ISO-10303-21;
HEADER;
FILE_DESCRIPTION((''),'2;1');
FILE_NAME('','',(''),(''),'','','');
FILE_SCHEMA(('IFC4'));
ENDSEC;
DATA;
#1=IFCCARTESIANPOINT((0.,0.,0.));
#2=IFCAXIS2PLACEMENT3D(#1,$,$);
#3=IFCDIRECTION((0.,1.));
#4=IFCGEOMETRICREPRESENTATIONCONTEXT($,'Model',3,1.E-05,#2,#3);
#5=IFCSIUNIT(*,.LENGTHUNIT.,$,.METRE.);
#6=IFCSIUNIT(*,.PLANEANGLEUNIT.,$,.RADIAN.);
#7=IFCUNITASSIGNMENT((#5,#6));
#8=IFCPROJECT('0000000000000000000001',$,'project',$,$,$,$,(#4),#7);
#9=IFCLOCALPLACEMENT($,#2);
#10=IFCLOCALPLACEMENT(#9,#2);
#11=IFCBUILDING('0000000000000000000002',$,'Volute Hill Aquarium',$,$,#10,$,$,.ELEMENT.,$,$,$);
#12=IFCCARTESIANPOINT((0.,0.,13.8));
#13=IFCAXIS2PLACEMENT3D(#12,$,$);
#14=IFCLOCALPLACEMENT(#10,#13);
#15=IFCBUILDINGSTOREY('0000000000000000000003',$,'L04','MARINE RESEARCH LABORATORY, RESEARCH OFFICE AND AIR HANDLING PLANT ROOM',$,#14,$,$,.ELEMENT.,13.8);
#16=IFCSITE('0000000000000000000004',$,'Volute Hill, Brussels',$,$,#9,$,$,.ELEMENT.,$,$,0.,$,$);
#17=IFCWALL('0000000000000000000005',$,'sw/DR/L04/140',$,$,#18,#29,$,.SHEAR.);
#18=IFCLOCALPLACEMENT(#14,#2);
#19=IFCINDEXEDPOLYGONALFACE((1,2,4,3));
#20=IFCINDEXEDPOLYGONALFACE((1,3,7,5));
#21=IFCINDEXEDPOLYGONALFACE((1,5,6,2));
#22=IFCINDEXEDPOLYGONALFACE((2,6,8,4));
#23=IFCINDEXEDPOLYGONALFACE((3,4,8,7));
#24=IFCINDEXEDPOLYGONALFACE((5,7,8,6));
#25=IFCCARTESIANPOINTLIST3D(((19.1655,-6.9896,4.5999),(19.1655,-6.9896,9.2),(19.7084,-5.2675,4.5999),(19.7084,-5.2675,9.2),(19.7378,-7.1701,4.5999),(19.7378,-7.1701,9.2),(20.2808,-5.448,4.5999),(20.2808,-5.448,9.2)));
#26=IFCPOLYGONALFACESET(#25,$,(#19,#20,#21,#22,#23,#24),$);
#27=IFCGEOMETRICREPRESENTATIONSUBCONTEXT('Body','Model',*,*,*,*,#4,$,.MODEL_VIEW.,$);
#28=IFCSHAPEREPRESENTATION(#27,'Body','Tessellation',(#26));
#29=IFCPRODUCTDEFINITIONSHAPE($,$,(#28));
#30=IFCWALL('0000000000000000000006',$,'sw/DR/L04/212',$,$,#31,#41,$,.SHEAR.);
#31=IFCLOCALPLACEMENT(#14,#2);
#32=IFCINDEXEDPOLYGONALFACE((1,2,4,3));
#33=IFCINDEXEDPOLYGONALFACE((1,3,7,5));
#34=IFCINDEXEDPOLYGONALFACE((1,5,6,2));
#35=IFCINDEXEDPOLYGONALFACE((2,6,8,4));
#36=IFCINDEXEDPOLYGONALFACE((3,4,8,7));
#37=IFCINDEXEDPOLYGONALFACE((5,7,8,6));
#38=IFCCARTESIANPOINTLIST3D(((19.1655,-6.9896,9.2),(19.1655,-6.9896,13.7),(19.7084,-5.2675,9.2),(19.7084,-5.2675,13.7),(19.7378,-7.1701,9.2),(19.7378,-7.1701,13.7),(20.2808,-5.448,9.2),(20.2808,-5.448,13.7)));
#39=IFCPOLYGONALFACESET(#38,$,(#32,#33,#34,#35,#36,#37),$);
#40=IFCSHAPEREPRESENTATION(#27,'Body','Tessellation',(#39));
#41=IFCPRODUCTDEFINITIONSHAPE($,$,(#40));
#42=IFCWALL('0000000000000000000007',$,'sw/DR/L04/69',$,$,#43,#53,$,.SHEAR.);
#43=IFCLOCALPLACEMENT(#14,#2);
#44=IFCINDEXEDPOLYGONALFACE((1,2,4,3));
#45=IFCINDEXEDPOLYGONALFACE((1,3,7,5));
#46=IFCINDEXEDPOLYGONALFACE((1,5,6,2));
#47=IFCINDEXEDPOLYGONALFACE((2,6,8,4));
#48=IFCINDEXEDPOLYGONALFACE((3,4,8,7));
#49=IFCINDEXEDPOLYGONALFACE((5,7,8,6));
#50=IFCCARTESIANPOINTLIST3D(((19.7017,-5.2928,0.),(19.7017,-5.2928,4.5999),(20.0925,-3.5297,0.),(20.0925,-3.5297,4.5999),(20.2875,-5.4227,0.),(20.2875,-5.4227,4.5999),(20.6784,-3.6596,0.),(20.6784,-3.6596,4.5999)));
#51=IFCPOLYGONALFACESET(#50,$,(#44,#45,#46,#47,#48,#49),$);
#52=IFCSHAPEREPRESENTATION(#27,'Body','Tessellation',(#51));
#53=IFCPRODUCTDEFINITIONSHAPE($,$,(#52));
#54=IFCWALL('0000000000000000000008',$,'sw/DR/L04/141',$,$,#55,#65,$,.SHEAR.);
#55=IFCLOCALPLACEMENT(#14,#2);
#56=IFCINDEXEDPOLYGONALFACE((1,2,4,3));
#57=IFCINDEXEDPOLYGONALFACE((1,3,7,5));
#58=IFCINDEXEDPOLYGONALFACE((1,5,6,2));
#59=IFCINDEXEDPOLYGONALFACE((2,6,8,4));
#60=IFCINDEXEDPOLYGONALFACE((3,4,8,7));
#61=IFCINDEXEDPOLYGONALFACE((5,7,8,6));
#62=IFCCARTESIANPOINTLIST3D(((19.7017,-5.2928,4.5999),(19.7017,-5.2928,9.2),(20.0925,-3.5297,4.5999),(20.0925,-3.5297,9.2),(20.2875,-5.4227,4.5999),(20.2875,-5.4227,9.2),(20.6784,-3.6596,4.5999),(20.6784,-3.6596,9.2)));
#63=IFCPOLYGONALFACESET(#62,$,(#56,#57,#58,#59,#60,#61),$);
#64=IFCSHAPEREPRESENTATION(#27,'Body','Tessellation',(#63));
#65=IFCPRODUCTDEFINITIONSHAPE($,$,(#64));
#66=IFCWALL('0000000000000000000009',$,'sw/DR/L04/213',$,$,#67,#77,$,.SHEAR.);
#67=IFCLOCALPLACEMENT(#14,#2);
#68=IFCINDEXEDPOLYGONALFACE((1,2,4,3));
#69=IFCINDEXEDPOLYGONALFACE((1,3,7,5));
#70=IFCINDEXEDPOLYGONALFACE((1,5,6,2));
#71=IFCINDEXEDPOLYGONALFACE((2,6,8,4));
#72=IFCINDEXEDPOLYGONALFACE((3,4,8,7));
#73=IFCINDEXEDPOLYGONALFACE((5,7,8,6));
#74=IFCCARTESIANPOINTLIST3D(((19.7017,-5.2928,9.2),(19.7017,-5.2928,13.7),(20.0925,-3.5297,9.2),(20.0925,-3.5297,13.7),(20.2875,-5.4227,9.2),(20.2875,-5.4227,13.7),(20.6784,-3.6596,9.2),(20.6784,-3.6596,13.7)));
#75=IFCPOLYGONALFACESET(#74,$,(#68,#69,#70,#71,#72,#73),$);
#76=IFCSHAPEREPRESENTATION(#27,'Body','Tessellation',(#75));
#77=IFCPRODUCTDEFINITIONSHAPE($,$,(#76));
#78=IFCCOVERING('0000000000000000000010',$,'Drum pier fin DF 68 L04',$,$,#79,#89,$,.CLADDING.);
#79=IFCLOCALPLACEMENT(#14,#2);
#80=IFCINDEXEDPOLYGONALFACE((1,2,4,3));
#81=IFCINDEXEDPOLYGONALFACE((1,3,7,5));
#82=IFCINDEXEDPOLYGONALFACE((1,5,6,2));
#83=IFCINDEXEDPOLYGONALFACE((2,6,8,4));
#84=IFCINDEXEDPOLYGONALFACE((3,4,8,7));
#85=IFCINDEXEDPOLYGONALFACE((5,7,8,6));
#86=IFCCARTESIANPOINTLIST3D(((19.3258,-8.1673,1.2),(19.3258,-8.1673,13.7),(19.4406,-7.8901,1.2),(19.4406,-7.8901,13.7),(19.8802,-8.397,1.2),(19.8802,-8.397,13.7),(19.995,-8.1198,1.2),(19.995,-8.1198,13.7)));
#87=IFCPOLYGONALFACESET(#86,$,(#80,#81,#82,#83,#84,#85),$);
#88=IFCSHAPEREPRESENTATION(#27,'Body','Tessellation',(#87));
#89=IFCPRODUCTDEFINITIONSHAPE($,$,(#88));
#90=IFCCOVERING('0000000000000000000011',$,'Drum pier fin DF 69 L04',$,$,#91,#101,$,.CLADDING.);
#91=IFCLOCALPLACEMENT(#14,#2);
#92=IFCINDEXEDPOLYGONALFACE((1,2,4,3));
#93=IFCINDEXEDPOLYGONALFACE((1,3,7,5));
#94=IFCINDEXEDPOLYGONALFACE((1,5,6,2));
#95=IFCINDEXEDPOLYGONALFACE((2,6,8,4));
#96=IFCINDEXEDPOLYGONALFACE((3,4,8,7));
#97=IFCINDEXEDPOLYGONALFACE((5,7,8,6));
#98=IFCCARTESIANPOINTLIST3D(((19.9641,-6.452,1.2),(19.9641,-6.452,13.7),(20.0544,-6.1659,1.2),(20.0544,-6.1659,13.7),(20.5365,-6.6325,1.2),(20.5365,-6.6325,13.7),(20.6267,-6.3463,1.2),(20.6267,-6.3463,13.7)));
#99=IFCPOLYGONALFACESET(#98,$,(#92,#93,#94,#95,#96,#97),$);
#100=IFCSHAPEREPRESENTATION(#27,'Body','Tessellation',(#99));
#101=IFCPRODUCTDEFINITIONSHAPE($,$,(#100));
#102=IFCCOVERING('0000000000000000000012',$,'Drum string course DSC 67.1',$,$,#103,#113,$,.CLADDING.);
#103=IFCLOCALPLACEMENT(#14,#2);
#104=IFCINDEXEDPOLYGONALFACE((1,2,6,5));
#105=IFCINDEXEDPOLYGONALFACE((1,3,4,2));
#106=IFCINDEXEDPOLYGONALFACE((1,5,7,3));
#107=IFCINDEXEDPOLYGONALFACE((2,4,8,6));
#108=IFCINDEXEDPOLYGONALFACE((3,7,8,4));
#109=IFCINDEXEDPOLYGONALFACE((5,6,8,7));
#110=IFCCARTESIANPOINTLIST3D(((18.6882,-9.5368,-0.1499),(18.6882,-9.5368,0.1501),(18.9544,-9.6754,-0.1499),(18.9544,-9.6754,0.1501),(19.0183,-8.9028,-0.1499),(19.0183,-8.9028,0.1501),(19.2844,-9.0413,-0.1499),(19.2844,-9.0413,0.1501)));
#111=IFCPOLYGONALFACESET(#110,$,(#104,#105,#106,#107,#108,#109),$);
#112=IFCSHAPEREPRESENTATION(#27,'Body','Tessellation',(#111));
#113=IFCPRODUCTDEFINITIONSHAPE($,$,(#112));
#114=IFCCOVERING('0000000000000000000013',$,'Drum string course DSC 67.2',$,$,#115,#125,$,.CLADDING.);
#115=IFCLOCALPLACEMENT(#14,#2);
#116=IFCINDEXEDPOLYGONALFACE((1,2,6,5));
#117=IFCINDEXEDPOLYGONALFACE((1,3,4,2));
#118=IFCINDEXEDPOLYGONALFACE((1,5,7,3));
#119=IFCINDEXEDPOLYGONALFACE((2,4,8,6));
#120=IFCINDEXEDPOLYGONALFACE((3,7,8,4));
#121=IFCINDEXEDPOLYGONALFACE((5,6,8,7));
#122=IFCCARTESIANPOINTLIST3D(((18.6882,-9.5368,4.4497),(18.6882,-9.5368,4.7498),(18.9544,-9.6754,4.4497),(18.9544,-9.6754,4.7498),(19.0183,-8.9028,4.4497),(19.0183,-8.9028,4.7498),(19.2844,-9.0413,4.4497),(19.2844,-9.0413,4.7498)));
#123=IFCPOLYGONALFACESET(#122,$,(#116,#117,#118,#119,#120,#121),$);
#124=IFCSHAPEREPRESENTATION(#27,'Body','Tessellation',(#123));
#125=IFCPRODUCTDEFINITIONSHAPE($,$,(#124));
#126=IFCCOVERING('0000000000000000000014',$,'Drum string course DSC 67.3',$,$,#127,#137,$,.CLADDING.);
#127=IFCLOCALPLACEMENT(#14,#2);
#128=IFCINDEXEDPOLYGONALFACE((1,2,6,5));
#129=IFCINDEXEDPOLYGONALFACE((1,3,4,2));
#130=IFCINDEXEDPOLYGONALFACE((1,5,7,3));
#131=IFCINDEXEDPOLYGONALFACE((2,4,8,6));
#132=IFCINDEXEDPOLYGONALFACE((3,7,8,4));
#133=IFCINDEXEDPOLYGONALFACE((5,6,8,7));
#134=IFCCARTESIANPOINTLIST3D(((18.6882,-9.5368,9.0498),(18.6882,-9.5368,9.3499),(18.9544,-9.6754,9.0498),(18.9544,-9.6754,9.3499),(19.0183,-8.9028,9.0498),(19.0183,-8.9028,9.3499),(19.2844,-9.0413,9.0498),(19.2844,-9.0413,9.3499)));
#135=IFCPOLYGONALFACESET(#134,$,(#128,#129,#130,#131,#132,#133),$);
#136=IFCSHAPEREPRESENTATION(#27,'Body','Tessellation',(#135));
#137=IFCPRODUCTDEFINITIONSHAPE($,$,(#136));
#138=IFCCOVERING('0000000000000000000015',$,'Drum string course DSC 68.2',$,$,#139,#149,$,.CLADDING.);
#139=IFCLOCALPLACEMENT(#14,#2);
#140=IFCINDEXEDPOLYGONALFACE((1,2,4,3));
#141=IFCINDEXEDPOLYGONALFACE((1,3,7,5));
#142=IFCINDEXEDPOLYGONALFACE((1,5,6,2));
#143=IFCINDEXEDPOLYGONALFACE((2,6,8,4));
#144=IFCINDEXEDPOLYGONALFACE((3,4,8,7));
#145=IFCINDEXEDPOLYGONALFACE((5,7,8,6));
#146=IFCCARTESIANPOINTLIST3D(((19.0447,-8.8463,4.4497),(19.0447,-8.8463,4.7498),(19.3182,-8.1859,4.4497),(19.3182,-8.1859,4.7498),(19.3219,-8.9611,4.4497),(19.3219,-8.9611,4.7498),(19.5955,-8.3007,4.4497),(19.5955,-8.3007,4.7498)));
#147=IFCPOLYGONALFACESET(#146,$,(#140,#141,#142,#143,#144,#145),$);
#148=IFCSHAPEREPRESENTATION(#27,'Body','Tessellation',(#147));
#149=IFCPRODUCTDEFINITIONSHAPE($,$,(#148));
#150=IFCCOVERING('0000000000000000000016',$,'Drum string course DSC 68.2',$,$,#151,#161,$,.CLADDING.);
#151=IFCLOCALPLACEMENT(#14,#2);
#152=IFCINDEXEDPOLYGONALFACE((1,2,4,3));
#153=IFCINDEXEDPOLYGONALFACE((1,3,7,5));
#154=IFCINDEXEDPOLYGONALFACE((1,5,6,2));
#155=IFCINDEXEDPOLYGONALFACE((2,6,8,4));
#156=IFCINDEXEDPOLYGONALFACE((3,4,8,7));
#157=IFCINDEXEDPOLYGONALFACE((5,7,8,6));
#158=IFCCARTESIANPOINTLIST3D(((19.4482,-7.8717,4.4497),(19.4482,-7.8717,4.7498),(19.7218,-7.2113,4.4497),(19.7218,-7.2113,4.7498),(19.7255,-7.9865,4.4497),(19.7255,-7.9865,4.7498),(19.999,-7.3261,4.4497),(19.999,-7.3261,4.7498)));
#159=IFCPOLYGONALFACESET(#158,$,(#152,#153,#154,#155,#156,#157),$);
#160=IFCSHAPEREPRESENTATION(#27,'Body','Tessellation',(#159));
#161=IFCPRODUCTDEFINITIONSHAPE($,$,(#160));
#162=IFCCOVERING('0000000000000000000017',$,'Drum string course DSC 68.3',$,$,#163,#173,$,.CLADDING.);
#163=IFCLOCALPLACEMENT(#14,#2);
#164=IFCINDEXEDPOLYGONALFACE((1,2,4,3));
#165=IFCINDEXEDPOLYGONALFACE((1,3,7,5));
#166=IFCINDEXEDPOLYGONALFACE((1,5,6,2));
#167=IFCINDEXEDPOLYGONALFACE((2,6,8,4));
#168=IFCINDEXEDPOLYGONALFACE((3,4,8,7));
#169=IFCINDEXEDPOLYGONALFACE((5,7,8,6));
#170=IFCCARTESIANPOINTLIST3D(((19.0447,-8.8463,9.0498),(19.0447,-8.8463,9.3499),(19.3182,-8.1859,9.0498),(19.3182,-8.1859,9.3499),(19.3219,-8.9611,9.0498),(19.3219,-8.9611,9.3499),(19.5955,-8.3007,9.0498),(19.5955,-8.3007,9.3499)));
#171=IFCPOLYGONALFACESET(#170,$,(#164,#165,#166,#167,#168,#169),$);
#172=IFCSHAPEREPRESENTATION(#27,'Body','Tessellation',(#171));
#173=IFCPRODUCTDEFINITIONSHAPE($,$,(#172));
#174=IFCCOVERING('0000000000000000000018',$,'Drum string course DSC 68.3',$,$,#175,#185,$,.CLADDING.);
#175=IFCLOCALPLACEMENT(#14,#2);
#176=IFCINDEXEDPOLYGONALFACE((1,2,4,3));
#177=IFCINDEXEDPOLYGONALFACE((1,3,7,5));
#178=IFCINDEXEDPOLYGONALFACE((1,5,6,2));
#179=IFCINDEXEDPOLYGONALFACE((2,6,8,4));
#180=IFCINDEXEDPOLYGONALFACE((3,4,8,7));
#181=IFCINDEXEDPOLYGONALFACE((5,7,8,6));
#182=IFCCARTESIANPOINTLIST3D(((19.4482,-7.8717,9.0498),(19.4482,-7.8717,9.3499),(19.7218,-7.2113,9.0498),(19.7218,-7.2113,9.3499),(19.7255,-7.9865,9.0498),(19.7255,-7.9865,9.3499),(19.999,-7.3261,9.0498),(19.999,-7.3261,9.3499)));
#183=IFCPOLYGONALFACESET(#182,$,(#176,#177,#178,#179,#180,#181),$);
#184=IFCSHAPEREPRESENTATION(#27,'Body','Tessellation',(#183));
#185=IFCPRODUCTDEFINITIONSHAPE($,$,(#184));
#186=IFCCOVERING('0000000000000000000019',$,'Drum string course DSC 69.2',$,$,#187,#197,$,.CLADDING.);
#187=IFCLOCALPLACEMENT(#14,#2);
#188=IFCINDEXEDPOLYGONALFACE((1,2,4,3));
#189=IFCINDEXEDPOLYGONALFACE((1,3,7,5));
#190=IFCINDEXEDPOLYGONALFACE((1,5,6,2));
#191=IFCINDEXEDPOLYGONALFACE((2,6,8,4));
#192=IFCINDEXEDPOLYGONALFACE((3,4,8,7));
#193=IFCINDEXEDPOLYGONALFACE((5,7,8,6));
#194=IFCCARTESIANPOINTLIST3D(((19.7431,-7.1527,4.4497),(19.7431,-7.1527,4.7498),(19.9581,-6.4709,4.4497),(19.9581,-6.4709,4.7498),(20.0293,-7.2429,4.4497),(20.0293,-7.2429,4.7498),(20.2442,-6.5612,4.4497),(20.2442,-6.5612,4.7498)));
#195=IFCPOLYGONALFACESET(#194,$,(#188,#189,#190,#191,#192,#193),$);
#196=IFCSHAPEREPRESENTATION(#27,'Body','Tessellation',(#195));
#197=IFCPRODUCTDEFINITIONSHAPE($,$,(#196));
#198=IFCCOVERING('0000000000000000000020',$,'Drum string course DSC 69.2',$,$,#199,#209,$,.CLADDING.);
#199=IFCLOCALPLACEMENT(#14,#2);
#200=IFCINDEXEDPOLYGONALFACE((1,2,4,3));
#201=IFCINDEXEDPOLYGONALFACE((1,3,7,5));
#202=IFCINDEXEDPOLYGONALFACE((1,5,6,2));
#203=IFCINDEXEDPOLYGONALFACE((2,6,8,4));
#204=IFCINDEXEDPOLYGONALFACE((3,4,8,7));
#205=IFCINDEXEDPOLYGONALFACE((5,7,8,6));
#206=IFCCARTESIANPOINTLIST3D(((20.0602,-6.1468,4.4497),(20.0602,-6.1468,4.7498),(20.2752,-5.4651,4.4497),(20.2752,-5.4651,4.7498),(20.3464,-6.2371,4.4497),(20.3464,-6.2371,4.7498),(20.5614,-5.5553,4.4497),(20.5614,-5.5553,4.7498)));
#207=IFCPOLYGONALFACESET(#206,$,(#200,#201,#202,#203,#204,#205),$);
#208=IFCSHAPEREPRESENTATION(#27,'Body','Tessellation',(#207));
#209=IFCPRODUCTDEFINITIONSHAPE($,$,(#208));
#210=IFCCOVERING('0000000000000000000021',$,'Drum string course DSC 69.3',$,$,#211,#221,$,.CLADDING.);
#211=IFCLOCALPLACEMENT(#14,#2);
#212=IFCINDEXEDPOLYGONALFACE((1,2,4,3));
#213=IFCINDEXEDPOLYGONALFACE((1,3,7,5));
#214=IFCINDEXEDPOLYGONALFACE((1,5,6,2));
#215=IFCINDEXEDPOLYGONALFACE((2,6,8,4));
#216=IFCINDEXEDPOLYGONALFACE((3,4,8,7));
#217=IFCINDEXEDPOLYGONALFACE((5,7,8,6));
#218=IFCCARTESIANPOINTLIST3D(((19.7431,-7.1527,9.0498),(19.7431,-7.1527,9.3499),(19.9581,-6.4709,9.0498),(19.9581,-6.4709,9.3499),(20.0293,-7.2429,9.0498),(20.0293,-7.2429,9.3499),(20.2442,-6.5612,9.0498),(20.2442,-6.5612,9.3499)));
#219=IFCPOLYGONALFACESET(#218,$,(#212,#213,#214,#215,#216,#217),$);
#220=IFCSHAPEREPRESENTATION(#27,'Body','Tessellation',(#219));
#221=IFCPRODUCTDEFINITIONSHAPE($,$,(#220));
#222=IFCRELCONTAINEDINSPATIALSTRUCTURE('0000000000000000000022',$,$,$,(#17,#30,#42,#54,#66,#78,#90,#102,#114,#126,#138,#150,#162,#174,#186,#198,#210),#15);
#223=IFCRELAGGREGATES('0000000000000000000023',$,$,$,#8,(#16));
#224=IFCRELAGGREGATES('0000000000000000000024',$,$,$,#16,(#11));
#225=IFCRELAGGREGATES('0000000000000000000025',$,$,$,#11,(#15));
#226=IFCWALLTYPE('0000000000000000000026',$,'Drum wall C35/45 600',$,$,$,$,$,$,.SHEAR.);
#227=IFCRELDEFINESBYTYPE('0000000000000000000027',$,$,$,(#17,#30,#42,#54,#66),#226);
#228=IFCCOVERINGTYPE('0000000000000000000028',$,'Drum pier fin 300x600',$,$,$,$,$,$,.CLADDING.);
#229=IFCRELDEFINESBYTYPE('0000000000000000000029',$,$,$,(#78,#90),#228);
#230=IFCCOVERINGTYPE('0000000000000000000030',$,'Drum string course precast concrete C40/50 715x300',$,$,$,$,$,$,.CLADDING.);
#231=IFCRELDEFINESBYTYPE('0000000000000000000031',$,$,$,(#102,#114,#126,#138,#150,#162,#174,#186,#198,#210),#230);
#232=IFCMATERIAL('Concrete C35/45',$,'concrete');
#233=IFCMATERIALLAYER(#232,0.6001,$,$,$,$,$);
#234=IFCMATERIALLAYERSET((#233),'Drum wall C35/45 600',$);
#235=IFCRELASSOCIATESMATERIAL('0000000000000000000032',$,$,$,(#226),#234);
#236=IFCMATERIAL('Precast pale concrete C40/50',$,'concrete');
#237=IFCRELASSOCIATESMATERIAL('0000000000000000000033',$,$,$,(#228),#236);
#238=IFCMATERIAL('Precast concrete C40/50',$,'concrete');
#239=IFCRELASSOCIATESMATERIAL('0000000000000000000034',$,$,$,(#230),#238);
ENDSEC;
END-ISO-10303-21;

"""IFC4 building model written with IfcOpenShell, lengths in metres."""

from ifc_helpers import new_model, si_unit, direction, frame, frame_2d, origin, origin_2d, place, context, subcontext, project, spatial, rectangle, extrude, material, layer, layer_set, type_object, element, save


model = new_model("IFC4")

# Units and contexts
model_context = context("Model", 3, precision=1e-05, world=origin(), true_north=direction((0.0, 1.0)))
body_context = subcontext(model_context, "Body", "Model", "MODEL_VIEW")
ifc_project = project(units=[si_unit("LENGTHUNIT", "METRE"), si_unit("PLANEANGLEUNIT", "RADIAN")], contexts=[model_context])

# Site, building, storey
site_placement = place(None, origin())
site = spatial("IfcSite", under=ifc_project, at=site_placement, Name="Volute Hill, Brussels", CompositionType="ELEMENT", RefElevation=0.0)
building_placement = place(site_placement, origin())
building = spatial("IfcBuilding", under=site, at=building_placement, Name="Volute Hill Aquarium", CompositionType="ELEMENT")
storey_placement = place(building_placement, frame((0.0, 0.0, 13.8)))
storey = spatial("IfcBuildingStorey", under=building, at=storey_placement, Name="L04", Description="MARINE RESEARCH LABORATORY, RESEARCH OFFICE AND AIR HANDLING PLANT ROOM", CompositionType="ELEMENT", Elevation=13.8)

# Walls
ifc_material_1 = material(Name="Concrete C35/45", Category="concrete")
ifc_layer_1 = layer(ifc_material_1, 0.6001)
ifc_layer_set_1 = layer_set([ifc_layer_1], Name="Drum wall C35/45 600")
wall_type = type_object("IfcWallType", Name="Drum wall C35/45 600", PredefinedType="SHEAR", material=ifc_layer_set_1)
wall_1_placement = place(storey_placement, frame((19.4517, -7.0798, 4.5999), z_axis=(0.0, 0.0, 1.0), x_axis=(0.300691, 0.953722, 0.0)))
element("IfcWall", 1, at=wall_1_placement, inside=storey, type_object=wall_type, Name="sw/DR/L04/140", PredefinedType="SHEAR", context=body_context, shape_type="SweptSolid", body=[
    extrude(rectangle(XDim=1.8057, YDim=0.6001, at=frame_2d((0.9028, 0.0))), origin(), (0.0, 0.0, 1.0), 4.6001),
])
wall_2_placement = place(storey_placement, frame((19.4517, -7.0798, 9.2), z_axis=(0.0, 0.0, 1.0), x_axis=(0.300691, 0.953722, 0.0)))
element("IfcWall", 2, at=wall_2_placement, inside=storey, type_object=wall_type, Name="sw/DR/L04/212", PredefinedType="SHEAR", context=body_context, shape_type="SweptSolid", body=[
    extrude(rectangle(XDim=1.8057, YDim=0.6001, at=frame_2d((0.9028, 0.0))), origin(), (0.0, 0.0, 1.0), 4.5),
])
wall_3_placement = place(storey_placement, frame((19.9946, -5.3577, 0.0), z_axis=(0.0, 0.0, 1.0), x_axis=(0.216429, 0.976298, 0.0)))
element("IfcWall", 3, at=wall_3_placement, inside=storey, type_object=wall_type, Name="sw/DR/L04/69", PredefinedType="SHEAR", context=body_context, shape_type="SweptSolid", body=[
    extrude(rectangle(XDim=1.8059, YDim=0.6001, at=frame_2d((0.9028, 0.0))), origin(), (0.0, 0.0, 1.0), 4.5999),
])
wall_4_placement = place(storey_placement, frame((19.9946, -5.3577, 4.5999), z_axis=(0.0, 0.0, 1.0), x_axis=(0.216429, 0.976298, 0.0)))
element("IfcWall", 4, at=wall_4_placement, inside=storey, type_object=wall_type, Name="sw/DR/L04/141", PredefinedType="SHEAR", context=body_context, shape_type="SweptSolid", body=[
    extrude(rectangle(XDim=1.8059, YDim=0.6001, at=frame_2d((0.9028, 0.0))), origin(), (0.0, 0.0, 1.0), 4.6001),
])
wall_5_placement = place(storey_placement, frame((19.9946, -5.3577, 9.2), z_axis=(0.0, 0.0, 1.0), x_axis=(0.216429, 0.976298, 0.0)))
element("IfcWall", 5, at=wall_5_placement, inside=storey, type_object=wall_type, Name="sw/DR/L04/213", PredefinedType="SHEAR", context=body_context, shape_type="SweptSolid", body=[
    extrude(rectangle(XDim=1.8059, YDim=0.6001, at=frame_2d((0.9028, 0.0))), origin(), (0.0, 0.0, 1.0), 4.5),
])

# Coverings
ifc_material_2 = material(Name="Precast pale concrete C40/50", Category="concrete")
covering_type_1 = type_object("IfcCoveringType", Name="Drum pier fin 300x600", PredefinedType="CLADDING", material=ifc_material_2)
for number, where, z_axis, x_axis, name in (
    (6, (19.6604, -8.1436, 1.2), (0.0, 0.0, 1.0), (0.382683, 0.92388, 0.0), "Drum pier fin DF 68 L04"),
    (7, (20.2954, -6.3992, 1.2), (0.0, 0.0, 1.0), (0.300706, 0.953717, 0.0), "Drum pier fin DF 69 L04"),
):
    element("IfcCovering", number, at=place(storey_placement, frame(where, z_axis=z_axis, x_axis=x_axis)), inside=storey, type_object=covering_type_1, Name=name, PredefinedType="CLADDING", context=body_context, shape_type="SweptSolid", body=[
        extrude(rectangle(XDim=0.3, YDim=0.6001, at=origin_2d()), origin(), (0.0, 0.0, 1.0), 12.5),
    ])
ifc_material_3 = material(Name="Precast concrete C40/50", Category="concrete")
covering_type_2 = type_object("IfcCoveringType", Name="Drum string course precast concrete C40/50 715x300", PredefinedType="CLADDING", material=ifc_material_3)
for number, where, z_axis, x_axis, name in (
    (8, (18.9863, -9.2891, -0.1499), (0.0, 0.0, 1.0), (0.461749, 0.887011, 0.0), "Drum string course DSC 67.1"),
    (9, (18.9863, -9.2891, 4.4497), (0.0, 0.0, 1.0), (0.461749, 0.887011, 0.0), "Drum string course DSC 67.2"),
    (10, (18.9863, -9.2891, 9.0498), (0.0, 0.0, 1.0), (0.461749, 0.887011, 0.0), "Drum string course DSC 67.3"),
    (11, (19.3201, -8.5735, 4.4497), (0.0, 0.0, 1.0), (0.382683, 0.92388, 0.0), "Drum string course DSC 68.2"),
    (12, (19.7236, -7.5989, 4.4497), (0.0, 0.0, 1.0), (0.382683, 0.92388, 0.0), "Drum string course DSC 68.2"),
    (13, (19.3201, -8.5735, 9.0498), (0.0, 0.0, 1.0), (0.382683, 0.92388, 0.0), "Drum string course DSC 68.3"),
    (14, (19.7236, -7.5989, 9.0498), (0.0, 0.0, 1.0), (0.382683, 0.92388, 0.0), "Drum string course DSC 68.3"),
    (15, (19.9937, -6.8569, 4.4497), (0.0, 0.0, 1.0), (0.300706, 0.953717, 0.0), "Drum string course DSC 69.2"),
    (16, (20.3108, -5.8511, 4.4497), (0.0, 0.0, 1.0), (0.300706, 0.953717, 0.0), "Drum string course DSC 69.2"),
    (17, (19.9937, -6.8569, 9.0498), (0.0, 0.0, 1.0), (0.300706, 0.953717, 0.0), "Drum string course DSC 69.3"),
):
    element("IfcCovering", number, at=place(storey_placement, frame(where, z_axis=z_axis, x_axis=x_axis)), inside=storey, type_object=covering_type_2, Name=name, PredefinedType="CLADDING", context=body_context, shape_type="SweptSolid", body=[
        extrude(rectangle(XDim=0.7148, YDim=0.3, at=origin_2d()), origin(), (0.0, 0.0, 1.0), 0.3),
    ])

save(model, "model.ifc")
